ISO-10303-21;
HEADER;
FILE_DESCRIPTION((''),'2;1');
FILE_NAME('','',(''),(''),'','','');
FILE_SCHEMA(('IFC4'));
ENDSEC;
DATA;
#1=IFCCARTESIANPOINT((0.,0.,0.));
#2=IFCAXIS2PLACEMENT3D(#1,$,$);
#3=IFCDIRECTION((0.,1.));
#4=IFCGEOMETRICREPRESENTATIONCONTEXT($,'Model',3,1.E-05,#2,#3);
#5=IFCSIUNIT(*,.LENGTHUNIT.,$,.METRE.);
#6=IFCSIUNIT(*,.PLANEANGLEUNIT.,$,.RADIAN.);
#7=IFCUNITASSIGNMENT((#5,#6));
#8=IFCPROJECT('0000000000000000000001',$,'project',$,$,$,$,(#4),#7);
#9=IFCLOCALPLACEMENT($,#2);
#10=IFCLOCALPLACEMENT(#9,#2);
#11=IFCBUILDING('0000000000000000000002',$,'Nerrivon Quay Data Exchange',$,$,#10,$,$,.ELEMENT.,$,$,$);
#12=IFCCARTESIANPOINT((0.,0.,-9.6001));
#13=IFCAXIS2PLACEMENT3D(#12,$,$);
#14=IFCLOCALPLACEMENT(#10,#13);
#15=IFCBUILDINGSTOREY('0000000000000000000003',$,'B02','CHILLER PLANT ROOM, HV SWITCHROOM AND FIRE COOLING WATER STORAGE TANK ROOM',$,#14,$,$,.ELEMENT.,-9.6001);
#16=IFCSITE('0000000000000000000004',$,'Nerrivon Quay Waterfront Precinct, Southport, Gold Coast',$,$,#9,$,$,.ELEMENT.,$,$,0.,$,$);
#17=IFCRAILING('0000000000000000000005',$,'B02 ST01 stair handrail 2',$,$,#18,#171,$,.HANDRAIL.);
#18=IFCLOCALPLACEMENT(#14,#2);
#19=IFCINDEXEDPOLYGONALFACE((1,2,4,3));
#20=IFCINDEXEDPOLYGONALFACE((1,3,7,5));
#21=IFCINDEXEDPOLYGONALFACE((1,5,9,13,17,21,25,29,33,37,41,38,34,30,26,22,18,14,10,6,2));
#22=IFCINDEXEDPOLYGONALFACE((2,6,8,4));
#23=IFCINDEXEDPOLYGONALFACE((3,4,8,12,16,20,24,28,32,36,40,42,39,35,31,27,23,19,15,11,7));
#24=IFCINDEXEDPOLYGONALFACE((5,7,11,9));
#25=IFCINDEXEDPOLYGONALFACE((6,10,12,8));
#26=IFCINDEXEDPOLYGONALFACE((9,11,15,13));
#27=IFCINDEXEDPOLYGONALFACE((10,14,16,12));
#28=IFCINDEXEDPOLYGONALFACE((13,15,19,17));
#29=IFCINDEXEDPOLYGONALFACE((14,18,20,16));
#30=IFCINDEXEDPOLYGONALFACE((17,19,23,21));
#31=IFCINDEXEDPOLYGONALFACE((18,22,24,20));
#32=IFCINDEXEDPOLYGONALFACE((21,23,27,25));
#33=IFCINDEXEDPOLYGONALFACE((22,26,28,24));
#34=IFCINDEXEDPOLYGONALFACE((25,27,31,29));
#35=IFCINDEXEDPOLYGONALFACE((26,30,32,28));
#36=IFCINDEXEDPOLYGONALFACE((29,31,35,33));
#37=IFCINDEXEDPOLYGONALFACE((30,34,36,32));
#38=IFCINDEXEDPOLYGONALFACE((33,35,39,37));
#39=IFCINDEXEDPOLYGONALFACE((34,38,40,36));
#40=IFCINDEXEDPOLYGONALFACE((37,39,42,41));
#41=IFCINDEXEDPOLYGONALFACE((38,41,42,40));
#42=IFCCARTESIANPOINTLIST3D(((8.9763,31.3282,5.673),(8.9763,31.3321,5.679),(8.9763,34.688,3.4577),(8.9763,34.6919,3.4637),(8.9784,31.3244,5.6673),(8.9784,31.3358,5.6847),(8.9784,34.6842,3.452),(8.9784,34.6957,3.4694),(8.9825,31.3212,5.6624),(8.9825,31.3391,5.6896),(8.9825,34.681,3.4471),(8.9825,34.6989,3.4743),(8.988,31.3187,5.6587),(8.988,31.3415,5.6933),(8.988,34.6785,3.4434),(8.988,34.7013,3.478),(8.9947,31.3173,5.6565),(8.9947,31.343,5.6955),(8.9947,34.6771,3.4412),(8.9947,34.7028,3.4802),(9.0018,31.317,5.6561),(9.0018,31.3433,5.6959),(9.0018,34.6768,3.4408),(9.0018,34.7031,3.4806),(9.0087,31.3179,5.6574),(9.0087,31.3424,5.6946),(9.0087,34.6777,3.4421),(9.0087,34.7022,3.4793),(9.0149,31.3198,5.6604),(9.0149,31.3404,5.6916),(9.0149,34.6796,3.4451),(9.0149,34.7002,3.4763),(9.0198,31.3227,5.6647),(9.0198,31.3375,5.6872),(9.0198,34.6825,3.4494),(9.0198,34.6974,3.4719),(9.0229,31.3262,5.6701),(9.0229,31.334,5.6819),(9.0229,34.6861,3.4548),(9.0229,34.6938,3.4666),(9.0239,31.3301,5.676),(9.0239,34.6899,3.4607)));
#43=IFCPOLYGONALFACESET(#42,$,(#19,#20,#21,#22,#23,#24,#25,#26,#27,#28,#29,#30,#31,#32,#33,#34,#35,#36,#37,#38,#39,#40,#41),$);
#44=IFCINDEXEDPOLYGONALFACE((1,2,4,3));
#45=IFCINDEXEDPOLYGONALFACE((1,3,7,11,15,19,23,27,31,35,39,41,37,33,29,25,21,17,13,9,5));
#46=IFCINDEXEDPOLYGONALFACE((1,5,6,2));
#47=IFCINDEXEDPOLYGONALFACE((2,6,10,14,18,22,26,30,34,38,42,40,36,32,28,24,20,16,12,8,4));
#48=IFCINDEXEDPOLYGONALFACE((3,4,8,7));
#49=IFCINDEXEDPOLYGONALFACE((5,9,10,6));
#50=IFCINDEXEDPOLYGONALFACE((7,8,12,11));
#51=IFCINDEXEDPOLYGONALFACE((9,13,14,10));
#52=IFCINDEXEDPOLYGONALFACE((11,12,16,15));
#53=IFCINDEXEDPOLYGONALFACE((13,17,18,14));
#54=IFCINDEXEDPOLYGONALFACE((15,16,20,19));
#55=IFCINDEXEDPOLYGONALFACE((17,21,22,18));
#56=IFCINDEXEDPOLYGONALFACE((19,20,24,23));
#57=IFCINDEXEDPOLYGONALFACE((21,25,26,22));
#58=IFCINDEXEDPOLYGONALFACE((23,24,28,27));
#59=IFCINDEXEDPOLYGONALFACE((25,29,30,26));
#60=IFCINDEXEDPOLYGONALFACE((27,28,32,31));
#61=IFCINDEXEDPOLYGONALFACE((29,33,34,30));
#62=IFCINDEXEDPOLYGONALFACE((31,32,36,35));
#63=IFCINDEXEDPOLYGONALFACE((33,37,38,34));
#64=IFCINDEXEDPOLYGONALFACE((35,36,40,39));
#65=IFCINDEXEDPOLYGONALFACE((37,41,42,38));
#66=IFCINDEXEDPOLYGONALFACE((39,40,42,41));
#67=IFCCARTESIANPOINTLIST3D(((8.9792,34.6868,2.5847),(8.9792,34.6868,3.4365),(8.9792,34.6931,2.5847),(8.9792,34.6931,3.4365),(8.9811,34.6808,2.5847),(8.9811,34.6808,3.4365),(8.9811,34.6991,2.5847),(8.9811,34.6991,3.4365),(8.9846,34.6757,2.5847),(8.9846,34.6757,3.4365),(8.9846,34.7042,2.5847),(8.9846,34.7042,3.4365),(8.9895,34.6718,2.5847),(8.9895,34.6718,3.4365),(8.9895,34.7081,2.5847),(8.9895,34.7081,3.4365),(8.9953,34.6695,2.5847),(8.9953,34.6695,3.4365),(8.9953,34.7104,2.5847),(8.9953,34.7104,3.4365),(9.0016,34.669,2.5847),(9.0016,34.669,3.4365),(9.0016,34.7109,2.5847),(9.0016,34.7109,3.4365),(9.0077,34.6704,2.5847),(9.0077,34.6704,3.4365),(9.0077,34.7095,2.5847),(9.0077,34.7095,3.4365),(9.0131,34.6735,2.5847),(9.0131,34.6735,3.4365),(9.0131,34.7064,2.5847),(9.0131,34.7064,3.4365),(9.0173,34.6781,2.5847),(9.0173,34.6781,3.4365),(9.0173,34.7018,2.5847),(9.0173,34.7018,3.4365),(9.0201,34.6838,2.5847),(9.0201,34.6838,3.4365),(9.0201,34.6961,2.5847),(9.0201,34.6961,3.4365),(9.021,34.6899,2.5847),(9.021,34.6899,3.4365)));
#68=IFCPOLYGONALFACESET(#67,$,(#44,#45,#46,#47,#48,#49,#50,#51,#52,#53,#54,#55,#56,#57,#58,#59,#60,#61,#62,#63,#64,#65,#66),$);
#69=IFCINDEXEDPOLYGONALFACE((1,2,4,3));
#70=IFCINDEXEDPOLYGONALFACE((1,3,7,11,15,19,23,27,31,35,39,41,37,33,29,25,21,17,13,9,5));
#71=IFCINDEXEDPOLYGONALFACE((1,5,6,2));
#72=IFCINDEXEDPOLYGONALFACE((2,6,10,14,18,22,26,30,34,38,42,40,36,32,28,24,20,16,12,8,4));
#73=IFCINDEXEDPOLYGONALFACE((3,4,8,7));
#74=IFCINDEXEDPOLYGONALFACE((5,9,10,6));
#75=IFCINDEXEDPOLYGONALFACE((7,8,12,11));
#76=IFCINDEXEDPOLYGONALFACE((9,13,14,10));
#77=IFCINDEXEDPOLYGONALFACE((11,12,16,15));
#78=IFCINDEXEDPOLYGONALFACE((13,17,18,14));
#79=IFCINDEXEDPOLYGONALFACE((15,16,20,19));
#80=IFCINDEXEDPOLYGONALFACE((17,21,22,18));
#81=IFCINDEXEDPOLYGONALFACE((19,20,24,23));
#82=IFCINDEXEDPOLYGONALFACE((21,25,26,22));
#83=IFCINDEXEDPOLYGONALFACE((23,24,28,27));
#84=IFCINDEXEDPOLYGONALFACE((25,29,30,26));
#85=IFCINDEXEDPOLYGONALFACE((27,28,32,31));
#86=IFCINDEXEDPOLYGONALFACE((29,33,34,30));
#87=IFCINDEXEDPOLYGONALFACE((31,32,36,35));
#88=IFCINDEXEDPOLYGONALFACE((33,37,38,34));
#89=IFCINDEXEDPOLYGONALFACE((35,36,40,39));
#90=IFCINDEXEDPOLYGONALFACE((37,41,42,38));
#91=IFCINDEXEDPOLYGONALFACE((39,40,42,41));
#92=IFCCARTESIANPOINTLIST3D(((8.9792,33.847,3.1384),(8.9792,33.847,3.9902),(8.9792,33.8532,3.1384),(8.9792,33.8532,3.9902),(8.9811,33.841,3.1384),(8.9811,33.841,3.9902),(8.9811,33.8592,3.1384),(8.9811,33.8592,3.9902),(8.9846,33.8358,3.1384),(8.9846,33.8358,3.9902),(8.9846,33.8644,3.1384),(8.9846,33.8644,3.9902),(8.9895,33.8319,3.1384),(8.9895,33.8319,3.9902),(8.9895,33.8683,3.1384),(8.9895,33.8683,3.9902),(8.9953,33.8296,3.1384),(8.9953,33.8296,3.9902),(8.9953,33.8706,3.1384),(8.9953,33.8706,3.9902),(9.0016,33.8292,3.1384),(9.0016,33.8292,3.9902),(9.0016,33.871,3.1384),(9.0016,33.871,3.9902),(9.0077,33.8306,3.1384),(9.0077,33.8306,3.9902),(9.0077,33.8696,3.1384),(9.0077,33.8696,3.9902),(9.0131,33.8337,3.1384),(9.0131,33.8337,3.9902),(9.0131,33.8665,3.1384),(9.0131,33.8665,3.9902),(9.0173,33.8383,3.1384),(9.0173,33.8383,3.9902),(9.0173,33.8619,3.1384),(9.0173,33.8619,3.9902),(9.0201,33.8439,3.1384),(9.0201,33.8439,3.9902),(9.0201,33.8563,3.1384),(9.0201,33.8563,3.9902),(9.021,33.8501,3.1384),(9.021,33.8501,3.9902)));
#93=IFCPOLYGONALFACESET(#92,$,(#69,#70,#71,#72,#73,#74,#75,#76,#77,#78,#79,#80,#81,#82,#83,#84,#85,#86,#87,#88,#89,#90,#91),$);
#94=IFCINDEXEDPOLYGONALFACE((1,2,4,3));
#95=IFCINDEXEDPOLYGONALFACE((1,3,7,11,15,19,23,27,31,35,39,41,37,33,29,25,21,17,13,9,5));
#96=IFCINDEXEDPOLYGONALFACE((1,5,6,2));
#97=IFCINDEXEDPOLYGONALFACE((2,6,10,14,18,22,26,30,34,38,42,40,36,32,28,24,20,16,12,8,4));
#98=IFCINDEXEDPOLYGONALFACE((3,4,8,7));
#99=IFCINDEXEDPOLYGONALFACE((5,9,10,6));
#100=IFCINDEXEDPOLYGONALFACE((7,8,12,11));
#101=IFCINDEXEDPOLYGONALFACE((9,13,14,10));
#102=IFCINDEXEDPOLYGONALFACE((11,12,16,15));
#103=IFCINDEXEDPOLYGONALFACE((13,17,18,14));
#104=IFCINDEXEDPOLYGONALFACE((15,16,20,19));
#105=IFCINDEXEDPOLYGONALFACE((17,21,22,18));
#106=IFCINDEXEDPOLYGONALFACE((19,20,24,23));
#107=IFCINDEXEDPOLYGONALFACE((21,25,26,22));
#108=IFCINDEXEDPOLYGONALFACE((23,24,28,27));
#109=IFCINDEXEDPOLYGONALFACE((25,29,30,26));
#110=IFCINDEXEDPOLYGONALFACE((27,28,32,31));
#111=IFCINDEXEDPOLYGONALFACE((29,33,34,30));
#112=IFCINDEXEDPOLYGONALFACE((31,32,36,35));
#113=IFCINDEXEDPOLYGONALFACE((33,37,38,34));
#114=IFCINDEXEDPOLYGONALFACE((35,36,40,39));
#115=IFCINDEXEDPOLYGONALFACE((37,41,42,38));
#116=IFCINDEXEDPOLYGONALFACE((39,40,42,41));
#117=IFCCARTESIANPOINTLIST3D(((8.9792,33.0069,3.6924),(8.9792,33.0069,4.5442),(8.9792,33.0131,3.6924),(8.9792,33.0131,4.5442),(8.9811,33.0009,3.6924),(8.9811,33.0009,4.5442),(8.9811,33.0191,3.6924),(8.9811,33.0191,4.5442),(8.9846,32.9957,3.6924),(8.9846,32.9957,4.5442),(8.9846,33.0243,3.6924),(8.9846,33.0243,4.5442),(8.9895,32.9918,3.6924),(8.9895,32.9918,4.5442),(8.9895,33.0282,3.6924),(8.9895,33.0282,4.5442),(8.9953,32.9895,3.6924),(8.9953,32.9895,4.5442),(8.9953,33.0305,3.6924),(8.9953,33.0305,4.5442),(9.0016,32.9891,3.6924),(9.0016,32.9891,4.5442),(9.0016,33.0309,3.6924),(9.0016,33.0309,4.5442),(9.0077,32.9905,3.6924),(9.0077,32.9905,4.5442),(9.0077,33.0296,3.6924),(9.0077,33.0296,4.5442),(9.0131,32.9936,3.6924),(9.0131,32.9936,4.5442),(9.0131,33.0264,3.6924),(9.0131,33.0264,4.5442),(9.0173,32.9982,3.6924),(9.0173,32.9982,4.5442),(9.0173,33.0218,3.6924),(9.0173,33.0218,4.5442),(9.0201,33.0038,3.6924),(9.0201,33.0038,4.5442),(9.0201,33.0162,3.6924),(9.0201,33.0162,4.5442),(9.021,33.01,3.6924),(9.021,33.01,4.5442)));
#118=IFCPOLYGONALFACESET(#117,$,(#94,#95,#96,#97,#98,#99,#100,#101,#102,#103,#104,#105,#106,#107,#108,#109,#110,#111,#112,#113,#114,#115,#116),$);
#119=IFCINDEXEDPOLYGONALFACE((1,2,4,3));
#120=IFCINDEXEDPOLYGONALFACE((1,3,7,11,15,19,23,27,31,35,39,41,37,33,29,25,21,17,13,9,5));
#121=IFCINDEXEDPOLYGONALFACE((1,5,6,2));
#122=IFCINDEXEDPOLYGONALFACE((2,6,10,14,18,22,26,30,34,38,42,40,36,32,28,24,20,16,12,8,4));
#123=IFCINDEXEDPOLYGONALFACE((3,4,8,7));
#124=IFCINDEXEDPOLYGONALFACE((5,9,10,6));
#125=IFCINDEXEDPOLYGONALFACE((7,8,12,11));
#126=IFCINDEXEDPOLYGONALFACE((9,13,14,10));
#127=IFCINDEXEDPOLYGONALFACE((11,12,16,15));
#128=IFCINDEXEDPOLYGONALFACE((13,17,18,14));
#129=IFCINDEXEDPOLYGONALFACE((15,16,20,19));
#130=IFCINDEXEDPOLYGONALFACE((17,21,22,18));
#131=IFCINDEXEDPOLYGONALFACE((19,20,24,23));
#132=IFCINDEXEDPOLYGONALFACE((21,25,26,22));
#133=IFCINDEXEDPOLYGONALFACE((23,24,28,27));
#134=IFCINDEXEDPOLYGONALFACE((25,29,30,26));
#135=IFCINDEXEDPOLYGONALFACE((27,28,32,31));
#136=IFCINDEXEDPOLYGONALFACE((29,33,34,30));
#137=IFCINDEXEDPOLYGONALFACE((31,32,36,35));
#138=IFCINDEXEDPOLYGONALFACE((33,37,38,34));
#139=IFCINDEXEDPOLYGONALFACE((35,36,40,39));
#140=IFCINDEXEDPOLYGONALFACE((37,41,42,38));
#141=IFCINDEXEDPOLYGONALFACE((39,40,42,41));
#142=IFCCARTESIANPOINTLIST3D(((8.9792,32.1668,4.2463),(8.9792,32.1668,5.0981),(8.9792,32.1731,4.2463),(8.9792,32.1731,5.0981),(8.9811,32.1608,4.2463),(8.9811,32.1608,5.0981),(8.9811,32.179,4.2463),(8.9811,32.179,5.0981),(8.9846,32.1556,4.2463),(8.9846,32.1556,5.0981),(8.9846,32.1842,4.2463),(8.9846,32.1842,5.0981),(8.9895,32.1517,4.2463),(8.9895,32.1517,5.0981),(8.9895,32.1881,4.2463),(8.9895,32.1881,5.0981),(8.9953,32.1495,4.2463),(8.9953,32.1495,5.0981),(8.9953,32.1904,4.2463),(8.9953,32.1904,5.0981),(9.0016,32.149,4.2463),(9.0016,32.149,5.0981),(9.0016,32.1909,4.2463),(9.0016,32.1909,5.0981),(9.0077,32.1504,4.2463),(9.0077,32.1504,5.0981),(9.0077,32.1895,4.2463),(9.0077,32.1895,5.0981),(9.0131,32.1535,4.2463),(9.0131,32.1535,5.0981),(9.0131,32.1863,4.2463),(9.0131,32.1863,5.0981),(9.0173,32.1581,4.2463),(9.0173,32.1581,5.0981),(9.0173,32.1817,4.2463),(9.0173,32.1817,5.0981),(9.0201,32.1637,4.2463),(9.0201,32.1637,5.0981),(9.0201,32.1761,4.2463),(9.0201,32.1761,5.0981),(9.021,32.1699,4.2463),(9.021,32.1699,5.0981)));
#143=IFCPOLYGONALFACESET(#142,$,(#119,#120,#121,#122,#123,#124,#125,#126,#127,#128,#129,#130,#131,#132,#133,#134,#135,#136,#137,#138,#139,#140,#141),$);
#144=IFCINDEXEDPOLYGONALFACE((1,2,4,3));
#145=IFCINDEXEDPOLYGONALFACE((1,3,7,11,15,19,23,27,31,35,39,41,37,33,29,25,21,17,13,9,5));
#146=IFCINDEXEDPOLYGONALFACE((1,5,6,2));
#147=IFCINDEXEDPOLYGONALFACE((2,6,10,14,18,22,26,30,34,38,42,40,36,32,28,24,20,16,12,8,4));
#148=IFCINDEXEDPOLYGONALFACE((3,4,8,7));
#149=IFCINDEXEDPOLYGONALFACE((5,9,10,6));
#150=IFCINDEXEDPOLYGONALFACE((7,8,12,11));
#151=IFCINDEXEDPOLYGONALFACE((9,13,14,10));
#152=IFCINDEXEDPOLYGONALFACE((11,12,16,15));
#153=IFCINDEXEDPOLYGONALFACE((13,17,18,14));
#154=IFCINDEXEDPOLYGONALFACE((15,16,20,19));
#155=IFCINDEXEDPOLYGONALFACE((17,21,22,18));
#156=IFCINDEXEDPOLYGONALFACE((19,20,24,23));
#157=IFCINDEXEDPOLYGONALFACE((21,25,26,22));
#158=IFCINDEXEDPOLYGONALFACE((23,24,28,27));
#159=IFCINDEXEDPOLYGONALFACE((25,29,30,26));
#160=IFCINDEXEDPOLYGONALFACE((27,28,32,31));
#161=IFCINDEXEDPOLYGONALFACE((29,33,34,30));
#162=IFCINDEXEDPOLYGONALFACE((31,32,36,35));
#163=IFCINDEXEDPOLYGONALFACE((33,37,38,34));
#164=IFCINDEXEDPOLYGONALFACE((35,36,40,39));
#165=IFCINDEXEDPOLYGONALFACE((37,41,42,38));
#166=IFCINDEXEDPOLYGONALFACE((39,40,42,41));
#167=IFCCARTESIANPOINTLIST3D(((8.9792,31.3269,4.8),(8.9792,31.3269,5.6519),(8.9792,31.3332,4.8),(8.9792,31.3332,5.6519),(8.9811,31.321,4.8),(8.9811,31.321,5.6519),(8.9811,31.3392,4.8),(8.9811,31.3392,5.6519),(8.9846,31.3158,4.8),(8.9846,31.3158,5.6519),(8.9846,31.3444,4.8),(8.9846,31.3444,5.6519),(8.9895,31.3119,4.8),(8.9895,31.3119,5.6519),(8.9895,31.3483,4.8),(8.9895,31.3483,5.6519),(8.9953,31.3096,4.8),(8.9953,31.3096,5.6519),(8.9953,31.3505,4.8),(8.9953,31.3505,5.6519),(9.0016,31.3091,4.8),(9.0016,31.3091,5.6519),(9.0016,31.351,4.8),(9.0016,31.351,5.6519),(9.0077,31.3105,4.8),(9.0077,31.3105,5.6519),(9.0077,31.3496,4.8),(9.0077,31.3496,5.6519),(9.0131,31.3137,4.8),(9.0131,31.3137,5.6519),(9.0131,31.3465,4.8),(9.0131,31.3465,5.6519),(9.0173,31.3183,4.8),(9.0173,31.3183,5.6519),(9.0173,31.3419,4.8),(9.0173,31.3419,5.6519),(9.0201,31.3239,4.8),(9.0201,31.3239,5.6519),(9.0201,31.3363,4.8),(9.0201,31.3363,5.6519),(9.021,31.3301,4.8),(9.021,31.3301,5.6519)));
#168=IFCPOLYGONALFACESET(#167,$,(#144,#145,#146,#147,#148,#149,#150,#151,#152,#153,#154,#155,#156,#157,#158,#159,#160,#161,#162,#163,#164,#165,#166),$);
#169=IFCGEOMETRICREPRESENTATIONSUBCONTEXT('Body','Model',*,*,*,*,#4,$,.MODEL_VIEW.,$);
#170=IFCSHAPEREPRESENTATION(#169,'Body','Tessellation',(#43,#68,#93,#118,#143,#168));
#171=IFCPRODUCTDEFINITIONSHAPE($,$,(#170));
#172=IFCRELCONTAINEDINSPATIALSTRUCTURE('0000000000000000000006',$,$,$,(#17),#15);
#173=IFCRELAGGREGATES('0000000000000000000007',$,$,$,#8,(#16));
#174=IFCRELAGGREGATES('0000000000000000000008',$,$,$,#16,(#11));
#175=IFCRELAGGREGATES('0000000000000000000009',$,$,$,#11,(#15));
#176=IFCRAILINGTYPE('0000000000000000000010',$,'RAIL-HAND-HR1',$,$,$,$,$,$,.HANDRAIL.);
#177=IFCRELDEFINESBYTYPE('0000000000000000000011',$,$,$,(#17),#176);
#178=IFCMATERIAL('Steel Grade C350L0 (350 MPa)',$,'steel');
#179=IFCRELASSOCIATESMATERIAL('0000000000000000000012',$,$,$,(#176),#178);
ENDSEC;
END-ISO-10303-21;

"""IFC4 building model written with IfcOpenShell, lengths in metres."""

from ifc_helpers import new_model, si_unit, direction, frame, origin, origin_2d, place, context, subcontext, project, spatial, circle, extrude, material, type_object, element, save


model = new_model("IFC4")

# Units and contexts
model_context = context("Model", 3, precision=1e-05, world=origin(), true_north=direction((0.0, 1.0)))
body_context = subcontext(model_context, "Body", "Model", "MODEL_VIEW")
ifc_project = project(units=[si_unit("LENGTHUNIT", "METRE"), si_unit("PLANEANGLEUNIT", "RADIAN")], contexts=[model_context])

# Site, building, storey
site_placement = place(None, origin())
site = spatial("IfcSite", under=ifc_project, at=site_placement, Name="Nerrivon Quay Waterfront Precinct, Southport, Gold Coast", CompositionType="ELEMENT", RefElevation=0.0)
building_placement = place(site_placement, origin())
building = spatial("IfcBuilding", under=site, at=building_placement, Name="Nerrivon Quay Data Exchange", CompositionType="ELEMENT")
storey_placement = place(building_placement, frame((0.0, 0.0, -9.6001)))
storey = spatial("IfcBuildingStorey", under=building, at=storey_placement, Name="B02", Description="CHILLER PLANT ROOM, HV SWITCHROOM AND FIRE COOLING WATER STORAGE TANK ROOM", CompositionType="ELEMENT", Elevation=-9.6001)

# Railing
ifc_material_1 = material(Name="Steel Grade C350L0 (350 MPa)", Category="steel")
railing_type_1 = type_object("IfcRailingType", Name="RAIL-HAND-HR1", PredefinedType="HANDRAIL", material=ifc_material_1)
railing_1_placement = place(storey_placement, frame((9.0, 34.6899, 2.5847)))
element("IfcRailing", 1, at=railing_1_placement, inside=storey, type_object=railing_type_1, Name="B02 ST01 stair handrail 2", PredefinedType="HANDRAIL", context=body_context, shape_type="SweptSolid", body=[
    extrude(circle(Radius=0.0239, at=origin_2d()), frame((0.0, 0.0, 0.876), z_axis=(0.0, -0.834858, 0.550465), x_axis=(1.0, 0.0, 0.0)), (0.0, 0.0, 1.0), 4.0244),
    extrude(circle(Radius=0.021, at=origin_2d()), origin(), (0.0, 0.0, 1.0), 0.8518),
    extrude(circle(Radius=0.021, at=origin_2d()), frame((0.0, -0.8398, 0.5537)), (0.0, 0.0, 1.0), 0.8518),
    extrude(circle(Radius=0.021, at=origin_2d()), frame((0.0, -1.6799, 1.1077)), (0.0, 0.0, 1.0), 0.8518),
    extrude(circle(Radius=0.021, at=origin_2d()), frame((0.0, -2.52, 1.6616)), (0.0, 0.0, 1.0), 0.8518),
    extrude(circle(Radius=0.021, at=origin_2d()), frame((0.0, -3.3599, 2.2153)), (0.0, 0.0, 1.0), 0.8518),
])

save(model, "model.ifc")
